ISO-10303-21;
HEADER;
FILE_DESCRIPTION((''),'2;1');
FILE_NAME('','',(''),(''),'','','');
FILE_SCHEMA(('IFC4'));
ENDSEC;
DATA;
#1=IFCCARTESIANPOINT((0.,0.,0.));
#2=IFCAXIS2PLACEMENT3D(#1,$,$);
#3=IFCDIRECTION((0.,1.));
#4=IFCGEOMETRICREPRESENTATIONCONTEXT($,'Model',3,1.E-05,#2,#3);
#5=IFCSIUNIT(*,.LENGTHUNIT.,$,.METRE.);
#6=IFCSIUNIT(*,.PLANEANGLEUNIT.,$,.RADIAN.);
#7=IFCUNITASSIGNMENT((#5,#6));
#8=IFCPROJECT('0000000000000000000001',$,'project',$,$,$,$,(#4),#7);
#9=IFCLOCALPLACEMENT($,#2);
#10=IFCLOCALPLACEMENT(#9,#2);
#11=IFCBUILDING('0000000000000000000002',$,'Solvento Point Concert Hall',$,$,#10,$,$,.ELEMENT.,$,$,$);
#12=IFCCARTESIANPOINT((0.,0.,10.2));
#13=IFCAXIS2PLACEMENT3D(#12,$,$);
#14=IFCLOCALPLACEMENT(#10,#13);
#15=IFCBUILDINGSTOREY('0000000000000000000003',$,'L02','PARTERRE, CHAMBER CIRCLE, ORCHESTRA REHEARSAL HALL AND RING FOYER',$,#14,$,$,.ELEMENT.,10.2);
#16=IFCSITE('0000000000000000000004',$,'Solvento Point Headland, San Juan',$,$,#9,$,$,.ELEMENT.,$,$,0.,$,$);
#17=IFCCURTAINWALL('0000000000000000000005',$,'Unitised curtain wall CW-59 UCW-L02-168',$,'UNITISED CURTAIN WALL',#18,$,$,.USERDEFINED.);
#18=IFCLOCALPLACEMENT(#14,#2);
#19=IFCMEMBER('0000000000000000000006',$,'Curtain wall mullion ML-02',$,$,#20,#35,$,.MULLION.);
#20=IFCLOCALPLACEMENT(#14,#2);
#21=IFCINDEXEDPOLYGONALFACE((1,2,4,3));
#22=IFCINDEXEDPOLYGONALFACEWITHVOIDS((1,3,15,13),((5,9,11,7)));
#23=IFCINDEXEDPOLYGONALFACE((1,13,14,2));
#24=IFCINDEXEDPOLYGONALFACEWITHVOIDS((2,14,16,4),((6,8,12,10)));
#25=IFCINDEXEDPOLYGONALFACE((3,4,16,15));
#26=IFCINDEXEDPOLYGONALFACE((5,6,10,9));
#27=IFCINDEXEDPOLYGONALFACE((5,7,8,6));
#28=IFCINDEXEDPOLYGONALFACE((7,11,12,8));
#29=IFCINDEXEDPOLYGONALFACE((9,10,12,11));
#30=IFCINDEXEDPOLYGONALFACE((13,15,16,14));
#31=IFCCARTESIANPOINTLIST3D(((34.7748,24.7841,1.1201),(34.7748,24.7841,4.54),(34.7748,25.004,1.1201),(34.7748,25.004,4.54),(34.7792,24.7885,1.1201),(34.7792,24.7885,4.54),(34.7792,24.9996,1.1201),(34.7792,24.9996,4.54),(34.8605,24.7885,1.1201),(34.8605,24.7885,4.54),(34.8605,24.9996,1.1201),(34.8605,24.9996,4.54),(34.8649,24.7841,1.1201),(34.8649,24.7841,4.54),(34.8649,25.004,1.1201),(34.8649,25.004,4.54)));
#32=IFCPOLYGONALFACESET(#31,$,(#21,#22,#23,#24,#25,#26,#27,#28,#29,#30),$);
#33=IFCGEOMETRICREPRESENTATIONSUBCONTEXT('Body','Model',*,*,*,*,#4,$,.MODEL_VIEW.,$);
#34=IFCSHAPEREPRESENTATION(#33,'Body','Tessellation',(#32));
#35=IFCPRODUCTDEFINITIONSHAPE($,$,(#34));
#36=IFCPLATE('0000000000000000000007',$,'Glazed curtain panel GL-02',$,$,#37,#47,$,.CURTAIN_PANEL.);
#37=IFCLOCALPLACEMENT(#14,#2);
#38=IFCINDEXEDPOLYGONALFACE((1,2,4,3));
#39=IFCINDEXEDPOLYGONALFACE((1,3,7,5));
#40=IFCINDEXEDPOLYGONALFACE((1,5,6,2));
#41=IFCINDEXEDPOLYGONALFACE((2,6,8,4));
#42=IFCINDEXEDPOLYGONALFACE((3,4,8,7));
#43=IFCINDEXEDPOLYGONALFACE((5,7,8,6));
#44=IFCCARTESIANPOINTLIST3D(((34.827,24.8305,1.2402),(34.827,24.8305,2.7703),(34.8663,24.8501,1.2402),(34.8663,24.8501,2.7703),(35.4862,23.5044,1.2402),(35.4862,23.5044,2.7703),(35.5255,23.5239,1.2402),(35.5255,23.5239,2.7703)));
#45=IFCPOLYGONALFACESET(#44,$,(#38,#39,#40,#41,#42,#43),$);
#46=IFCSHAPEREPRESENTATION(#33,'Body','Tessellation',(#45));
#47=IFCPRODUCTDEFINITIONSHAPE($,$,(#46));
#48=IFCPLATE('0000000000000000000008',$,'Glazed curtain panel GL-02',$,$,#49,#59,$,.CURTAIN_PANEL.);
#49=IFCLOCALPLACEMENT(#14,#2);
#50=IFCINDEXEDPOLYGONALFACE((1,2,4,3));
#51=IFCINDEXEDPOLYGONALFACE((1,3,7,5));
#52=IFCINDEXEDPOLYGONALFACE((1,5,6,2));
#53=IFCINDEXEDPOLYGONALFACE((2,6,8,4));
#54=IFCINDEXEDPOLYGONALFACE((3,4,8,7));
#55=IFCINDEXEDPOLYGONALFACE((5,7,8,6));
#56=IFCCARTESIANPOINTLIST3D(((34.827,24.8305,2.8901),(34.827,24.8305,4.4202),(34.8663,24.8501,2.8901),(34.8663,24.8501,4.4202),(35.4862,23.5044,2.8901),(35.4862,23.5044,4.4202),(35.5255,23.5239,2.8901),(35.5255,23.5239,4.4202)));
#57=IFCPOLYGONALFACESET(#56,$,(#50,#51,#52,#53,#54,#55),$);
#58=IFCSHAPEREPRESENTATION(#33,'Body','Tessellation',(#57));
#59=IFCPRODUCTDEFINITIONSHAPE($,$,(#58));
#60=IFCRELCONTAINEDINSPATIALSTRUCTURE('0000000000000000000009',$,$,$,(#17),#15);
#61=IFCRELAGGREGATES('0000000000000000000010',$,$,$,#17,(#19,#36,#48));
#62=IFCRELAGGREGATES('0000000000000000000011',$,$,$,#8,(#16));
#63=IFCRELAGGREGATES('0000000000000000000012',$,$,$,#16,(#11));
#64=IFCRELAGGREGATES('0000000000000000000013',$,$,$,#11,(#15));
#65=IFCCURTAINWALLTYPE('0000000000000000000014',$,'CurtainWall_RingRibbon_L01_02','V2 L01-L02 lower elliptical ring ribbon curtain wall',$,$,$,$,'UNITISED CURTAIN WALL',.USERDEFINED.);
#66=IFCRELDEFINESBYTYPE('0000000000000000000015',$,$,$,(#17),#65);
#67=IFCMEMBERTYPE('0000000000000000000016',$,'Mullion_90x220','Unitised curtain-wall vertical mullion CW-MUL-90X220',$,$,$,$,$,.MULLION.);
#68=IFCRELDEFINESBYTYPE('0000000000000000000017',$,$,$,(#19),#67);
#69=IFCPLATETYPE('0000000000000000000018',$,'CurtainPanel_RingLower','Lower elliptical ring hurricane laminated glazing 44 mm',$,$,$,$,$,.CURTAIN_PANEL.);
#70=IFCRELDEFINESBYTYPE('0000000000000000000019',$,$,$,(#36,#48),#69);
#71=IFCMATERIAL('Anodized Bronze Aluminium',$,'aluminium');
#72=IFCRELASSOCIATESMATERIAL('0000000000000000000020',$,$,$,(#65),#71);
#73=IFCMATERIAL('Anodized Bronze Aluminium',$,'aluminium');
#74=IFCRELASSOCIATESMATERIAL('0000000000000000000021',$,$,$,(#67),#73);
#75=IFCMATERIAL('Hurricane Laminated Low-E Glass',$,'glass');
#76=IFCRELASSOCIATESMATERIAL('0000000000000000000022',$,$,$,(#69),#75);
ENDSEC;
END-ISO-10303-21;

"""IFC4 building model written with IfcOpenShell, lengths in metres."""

from ifc_helpers import new_model, si_unit, direction, frame, origin, origin_2d, place, context, subcontext, project, spatial, rectangle, hollow_rectangle, extrude, material, material_profile, profile_set, type_object, element, aggregate, save


model = new_model("IFC4")

# Units and contexts
model_context = context("Model", 3, precision=1e-05, world=origin(), true_north=direction((0.0, 1.0)))
body_context = subcontext(model_context, "Body", "Model", "MODEL_VIEW")
ifc_project = project(units=[si_unit("LENGTHUNIT", "METRE"), si_unit("PLANEANGLEUNIT", "RADIAN")], contexts=[model_context])

# Site, building, storey
site_placement = place(None, origin())
site = spatial("IfcSite", under=ifc_project, at=site_placement, Name="Solvento Point Headland, San Juan", CompositionType="ELEMENT", RefElevation=0.0)
building_placement = place(site_placement, origin())
building = spatial("IfcBuilding", under=site, at=building_placement, Name="Solvento Point Concert Hall", CompositionType="ELEMENT")
storey_placement = place(building_placement, frame((0.0, 0.0, 10.2)))
storey = spatial("IfcBuildingStorey", under=building, at=storey_placement, Name="L02", Description="PARTERRE, CHAMBER CIRCLE, ORCHESTRA REHEARSAL HALL AND RING FOYER", CompositionType="ELEMENT", Elevation=10.2)

# Curtain wall, member, plates
ifc_material_1 = material(Name="Anodized Bronze Aluminium", Category="aluminium")
curtain_wall_type = type_object("IfcCurtainWallType", Name="CurtainWall_RingRibbon_L01_02", Description="V2 L01-L02 lower elliptical ring ribbon curtain wall", ElementType="UNITISED CURTAIN WALL", PredefinedType="USERDEFINED", material=ifc_material_1)
curtain_wall_placement = place(storey_placement, origin())
curtain_wall = element("IfcCurtainWall", 1, at=curtain_wall_placement, inside=storey, type_object=curtain_wall_type, Name="Unitised curtain wall CW-59 UCW-L02-168", ObjectType="UNITISED CURTAIN WALL", PredefinedType="USERDEFINED")
ifc_material_2 = material(Name="Anodized Bronze Aluminium", Category="aluminium")
ifc_material_profile_1 = material_profile(ifc_material_2, hollow_rectangle(XDim=0.0901, YDim=0.22, WallThickness=0.0044, at=origin_2d()), Name="CW-MUL-90X220")
ifc_profile_set_1 = profile_set([ifc_material_profile_1], Name="Anodized Bronze Aluminium")
member_type = type_object("IfcMemberType", Name="Mullion_90x220", Description="Unitised curtain-wall vertical mullion CW-MUL-90X220", PredefinedType="MULLION", material=ifc_profile_set_1)
member_placement = place(storey_placement, frame((34.8198, 24.894, 1.1201), z_axis=(0.0, 0.0, 1.0), x_axis=(1.0, 0.0, 0.0)))
member = element("IfcMember", 2, at=member_placement, type_object=member_type, Name="Curtain wall mullion ML-02", PredefinedType="MULLION", context=body_context, shape_type="SweptSolid", body=[
    extrude(hollow_rectangle(XDim=0.0901, YDim=0.22, WallThickness=0.0044, at=origin_2d()), origin(), (0.0, 0.0, 1.0), 3.4199),
])
ifc_material_3 = material(Name="Hurricane Laminated Low-E Glass", Category="glass")
plate_type = type_object("IfcPlateType", Name="CurtainPanel_RingLower", Description="Lower elliptical ring hurricane laminated glazing 44 mm", PredefinedType="CURTAIN_PANEL", material=ifc_material_3)
plate_1_placement = place(storey_placement, frame((35.1763, 24.1772, 1.2402), z_axis=(0.0, 0.0, 1.0), x_axis=(-0.445115, 0.895473, 0.0)))
plate_1 = element("IfcPlate", 3, at=plate_1_placement, type_object=plate_type, Name="Glazed curtain panel GL-02", PredefinedType="CURTAIN_PANEL", context=body_context, shape_type="SweptSolid", body=[
    extrude(rectangle(XDim=1.481, YDim=0.0439, at=origin_2d()), origin(), (0.0, 0.0, 1.0), 1.53),
])
plate_2_placement = place(storey_placement, frame((35.1763, 24.1772, 2.8901), z_axis=(0.0, 0.0, 1.0), x_axis=(-0.445115, 0.895473, 0.0)))
plate_2 = element("IfcPlate", 4, at=plate_2_placement, type_object=plate_type, Name="Glazed curtain panel GL-02", PredefinedType="CURTAIN_PANEL", context=body_context, shape_type="SweptSolid", body=[
    extrude(rectangle(XDim=1.481, YDim=0.0439, at=origin_2d()), origin(), (0.0, 0.0, 1.0), 1.53),
])
aggregate(curtain_wall, [member, plate_1, plate_2])

save(model, "model.ifc")
